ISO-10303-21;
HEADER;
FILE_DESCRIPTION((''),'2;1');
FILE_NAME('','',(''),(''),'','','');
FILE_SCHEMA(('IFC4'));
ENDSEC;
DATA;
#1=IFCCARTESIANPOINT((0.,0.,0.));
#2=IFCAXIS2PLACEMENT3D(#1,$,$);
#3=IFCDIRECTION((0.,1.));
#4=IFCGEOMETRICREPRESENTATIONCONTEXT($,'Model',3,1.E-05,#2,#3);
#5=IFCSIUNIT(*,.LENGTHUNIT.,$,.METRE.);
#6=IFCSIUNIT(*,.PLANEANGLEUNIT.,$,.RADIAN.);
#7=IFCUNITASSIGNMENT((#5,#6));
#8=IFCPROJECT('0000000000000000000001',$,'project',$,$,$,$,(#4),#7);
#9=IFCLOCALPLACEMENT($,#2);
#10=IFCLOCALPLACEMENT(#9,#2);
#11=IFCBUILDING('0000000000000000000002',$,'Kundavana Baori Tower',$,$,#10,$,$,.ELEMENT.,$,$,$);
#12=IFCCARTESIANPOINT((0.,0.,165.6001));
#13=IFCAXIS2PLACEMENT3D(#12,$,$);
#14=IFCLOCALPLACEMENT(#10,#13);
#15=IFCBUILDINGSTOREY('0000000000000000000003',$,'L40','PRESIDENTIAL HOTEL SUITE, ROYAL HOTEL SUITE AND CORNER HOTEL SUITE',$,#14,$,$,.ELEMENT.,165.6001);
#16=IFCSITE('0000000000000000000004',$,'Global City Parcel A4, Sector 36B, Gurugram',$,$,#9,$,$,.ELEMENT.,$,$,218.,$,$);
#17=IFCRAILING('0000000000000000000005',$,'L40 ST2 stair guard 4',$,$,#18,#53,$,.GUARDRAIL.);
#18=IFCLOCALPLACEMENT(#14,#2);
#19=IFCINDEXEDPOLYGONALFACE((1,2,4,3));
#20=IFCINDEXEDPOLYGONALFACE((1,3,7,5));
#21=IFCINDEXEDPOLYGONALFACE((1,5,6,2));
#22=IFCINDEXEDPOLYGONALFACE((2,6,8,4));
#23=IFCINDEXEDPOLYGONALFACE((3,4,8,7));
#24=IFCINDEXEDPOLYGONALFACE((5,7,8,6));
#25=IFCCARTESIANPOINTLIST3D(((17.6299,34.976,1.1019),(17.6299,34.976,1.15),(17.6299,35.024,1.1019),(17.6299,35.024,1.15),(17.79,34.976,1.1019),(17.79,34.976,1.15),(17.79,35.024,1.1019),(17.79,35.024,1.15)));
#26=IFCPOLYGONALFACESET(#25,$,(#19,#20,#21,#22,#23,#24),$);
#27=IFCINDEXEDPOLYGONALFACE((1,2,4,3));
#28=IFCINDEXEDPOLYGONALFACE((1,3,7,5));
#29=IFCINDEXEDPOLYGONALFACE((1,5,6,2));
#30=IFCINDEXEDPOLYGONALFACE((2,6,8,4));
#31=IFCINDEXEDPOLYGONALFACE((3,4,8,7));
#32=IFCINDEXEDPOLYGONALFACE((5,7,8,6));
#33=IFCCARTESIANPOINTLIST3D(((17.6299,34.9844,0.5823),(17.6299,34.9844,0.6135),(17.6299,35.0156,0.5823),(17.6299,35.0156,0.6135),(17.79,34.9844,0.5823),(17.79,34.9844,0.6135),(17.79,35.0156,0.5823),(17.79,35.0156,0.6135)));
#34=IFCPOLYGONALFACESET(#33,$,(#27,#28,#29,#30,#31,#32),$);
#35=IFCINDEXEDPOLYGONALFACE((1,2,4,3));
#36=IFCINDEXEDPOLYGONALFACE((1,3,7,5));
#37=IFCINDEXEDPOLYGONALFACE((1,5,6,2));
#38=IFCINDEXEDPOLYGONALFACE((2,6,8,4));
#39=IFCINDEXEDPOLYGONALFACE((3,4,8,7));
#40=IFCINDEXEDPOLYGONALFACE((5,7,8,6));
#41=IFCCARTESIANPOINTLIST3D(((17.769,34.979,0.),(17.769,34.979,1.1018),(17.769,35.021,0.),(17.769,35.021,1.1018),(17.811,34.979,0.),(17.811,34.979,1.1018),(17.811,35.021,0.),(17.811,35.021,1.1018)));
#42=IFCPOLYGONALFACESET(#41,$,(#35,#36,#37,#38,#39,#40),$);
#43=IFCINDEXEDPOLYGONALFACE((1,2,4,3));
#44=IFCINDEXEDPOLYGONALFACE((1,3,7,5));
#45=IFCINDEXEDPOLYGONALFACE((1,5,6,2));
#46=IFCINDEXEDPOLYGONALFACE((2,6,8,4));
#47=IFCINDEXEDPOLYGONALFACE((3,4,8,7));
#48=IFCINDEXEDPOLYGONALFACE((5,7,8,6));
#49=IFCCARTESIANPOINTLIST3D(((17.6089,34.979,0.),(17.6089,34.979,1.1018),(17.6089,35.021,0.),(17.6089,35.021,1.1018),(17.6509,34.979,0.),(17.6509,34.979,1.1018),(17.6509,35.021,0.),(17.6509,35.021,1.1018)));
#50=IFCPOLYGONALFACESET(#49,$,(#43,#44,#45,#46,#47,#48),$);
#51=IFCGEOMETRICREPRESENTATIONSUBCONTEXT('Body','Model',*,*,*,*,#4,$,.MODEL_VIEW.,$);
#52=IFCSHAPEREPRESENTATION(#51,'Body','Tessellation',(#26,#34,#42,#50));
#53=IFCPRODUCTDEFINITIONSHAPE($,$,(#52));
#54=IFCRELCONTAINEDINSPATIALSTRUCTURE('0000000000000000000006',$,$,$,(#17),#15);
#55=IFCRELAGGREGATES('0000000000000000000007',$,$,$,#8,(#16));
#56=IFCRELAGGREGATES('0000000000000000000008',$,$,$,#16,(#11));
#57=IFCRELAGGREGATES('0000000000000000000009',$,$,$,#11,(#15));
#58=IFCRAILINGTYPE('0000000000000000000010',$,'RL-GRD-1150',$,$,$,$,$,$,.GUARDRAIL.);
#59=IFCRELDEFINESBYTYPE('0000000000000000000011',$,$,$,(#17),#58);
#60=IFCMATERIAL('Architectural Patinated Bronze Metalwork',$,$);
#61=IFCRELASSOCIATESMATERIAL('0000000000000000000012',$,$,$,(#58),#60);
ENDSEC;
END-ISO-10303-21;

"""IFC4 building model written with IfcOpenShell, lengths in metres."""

from ifc_helpers import new_model, si_unit, direction, frame, origin, origin_2d, place, context, subcontext, project, spatial, rectangle, extrude, material, type_object, element, save


model = new_model("IFC4")

# Units and contexts
model_context = context("Model", 3, precision=1e-05, world=origin(), true_north=direction((0.0, 1.0)))
body_context = subcontext(model_context, "Body", "Model", "MODEL_VIEW")
ifc_project = project(units=[si_unit("LENGTHUNIT", "METRE"), si_unit("PLANEANGLEUNIT", "RADIAN")], contexts=[model_context])

# Site, building, storey
site_placement = place(None, origin())
site = spatial("IfcSite", under=ifc_project, at=site_placement, Name="Global City Parcel A4, Sector 36B, Gurugram", CompositionType="ELEMENT", RefElevation=218.0)
building_placement = place(site_placement, origin())
building = spatial("IfcBuilding", under=site, at=building_placement, Name="Kundavana Baori Tower", CompositionType="ELEMENT")
storey_placement = place(building_placement, frame((0.0, 0.0, 165.6001)))
storey = spatial("IfcBuildingStorey", under=building, at=storey_placement, Name="L40", Description="PRESIDENTIAL HOTEL SUITE, ROYAL HOTEL SUITE AND CORNER HOTEL SUITE", CompositionType="ELEMENT", Elevation=165.6001)

# Railing
ifc_material_1 = material(Name="Architectural Patinated Bronze Metalwork")
railing_type = type_object("IfcRailingType", Name="RL-GRD-1150", PredefinedType="GUARDRAIL", material=ifc_material_1)
railing_1_placement = place(storey_placement, frame((17.79, 35.0, 0.0)))
element("IfcRailing", 1, at=railing_1_placement, inside=storey, type_object=railing_type, Name="L40 ST2 stair guard 4", PredefinedType="GUARDRAIL", context=body_context, shape_type="SweptSolid", body=[
    extrude(rectangle(XDim=0.0481, YDim=0.0481, at=origin_2d()), frame((0.0, 0.0, 1.126), z_axis=(-1.0, 0.0, 0.0), x_axis=(0.0, -1.0, 0.0)), (0.0, 0.0, 1.0), 0.1602),
    extrude(rectangle(XDim=0.0312, YDim=0.0312, at=origin_2d()), frame((0.0, 0.0, 0.5979), z_axis=(-1.0, 0.0, 0.0), x_axis=(0.0, -1.0, 0.0)), (0.0, 0.0, 1.0), 0.1602),
    extrude(rectangle(XDim=0.042, YDim=0.042, at=origin_2d()), origin(), (0.0, 0.0, 1.0), 1.1018),
    extrude(rectangle(XDim=0.042, YDim=0.042, at=origin_2d()), frame((-0.1602, 0.0, 0.0)), (0.0, 0.0, 1.0), 1.1018),
])

save(model, "model.ifc")
